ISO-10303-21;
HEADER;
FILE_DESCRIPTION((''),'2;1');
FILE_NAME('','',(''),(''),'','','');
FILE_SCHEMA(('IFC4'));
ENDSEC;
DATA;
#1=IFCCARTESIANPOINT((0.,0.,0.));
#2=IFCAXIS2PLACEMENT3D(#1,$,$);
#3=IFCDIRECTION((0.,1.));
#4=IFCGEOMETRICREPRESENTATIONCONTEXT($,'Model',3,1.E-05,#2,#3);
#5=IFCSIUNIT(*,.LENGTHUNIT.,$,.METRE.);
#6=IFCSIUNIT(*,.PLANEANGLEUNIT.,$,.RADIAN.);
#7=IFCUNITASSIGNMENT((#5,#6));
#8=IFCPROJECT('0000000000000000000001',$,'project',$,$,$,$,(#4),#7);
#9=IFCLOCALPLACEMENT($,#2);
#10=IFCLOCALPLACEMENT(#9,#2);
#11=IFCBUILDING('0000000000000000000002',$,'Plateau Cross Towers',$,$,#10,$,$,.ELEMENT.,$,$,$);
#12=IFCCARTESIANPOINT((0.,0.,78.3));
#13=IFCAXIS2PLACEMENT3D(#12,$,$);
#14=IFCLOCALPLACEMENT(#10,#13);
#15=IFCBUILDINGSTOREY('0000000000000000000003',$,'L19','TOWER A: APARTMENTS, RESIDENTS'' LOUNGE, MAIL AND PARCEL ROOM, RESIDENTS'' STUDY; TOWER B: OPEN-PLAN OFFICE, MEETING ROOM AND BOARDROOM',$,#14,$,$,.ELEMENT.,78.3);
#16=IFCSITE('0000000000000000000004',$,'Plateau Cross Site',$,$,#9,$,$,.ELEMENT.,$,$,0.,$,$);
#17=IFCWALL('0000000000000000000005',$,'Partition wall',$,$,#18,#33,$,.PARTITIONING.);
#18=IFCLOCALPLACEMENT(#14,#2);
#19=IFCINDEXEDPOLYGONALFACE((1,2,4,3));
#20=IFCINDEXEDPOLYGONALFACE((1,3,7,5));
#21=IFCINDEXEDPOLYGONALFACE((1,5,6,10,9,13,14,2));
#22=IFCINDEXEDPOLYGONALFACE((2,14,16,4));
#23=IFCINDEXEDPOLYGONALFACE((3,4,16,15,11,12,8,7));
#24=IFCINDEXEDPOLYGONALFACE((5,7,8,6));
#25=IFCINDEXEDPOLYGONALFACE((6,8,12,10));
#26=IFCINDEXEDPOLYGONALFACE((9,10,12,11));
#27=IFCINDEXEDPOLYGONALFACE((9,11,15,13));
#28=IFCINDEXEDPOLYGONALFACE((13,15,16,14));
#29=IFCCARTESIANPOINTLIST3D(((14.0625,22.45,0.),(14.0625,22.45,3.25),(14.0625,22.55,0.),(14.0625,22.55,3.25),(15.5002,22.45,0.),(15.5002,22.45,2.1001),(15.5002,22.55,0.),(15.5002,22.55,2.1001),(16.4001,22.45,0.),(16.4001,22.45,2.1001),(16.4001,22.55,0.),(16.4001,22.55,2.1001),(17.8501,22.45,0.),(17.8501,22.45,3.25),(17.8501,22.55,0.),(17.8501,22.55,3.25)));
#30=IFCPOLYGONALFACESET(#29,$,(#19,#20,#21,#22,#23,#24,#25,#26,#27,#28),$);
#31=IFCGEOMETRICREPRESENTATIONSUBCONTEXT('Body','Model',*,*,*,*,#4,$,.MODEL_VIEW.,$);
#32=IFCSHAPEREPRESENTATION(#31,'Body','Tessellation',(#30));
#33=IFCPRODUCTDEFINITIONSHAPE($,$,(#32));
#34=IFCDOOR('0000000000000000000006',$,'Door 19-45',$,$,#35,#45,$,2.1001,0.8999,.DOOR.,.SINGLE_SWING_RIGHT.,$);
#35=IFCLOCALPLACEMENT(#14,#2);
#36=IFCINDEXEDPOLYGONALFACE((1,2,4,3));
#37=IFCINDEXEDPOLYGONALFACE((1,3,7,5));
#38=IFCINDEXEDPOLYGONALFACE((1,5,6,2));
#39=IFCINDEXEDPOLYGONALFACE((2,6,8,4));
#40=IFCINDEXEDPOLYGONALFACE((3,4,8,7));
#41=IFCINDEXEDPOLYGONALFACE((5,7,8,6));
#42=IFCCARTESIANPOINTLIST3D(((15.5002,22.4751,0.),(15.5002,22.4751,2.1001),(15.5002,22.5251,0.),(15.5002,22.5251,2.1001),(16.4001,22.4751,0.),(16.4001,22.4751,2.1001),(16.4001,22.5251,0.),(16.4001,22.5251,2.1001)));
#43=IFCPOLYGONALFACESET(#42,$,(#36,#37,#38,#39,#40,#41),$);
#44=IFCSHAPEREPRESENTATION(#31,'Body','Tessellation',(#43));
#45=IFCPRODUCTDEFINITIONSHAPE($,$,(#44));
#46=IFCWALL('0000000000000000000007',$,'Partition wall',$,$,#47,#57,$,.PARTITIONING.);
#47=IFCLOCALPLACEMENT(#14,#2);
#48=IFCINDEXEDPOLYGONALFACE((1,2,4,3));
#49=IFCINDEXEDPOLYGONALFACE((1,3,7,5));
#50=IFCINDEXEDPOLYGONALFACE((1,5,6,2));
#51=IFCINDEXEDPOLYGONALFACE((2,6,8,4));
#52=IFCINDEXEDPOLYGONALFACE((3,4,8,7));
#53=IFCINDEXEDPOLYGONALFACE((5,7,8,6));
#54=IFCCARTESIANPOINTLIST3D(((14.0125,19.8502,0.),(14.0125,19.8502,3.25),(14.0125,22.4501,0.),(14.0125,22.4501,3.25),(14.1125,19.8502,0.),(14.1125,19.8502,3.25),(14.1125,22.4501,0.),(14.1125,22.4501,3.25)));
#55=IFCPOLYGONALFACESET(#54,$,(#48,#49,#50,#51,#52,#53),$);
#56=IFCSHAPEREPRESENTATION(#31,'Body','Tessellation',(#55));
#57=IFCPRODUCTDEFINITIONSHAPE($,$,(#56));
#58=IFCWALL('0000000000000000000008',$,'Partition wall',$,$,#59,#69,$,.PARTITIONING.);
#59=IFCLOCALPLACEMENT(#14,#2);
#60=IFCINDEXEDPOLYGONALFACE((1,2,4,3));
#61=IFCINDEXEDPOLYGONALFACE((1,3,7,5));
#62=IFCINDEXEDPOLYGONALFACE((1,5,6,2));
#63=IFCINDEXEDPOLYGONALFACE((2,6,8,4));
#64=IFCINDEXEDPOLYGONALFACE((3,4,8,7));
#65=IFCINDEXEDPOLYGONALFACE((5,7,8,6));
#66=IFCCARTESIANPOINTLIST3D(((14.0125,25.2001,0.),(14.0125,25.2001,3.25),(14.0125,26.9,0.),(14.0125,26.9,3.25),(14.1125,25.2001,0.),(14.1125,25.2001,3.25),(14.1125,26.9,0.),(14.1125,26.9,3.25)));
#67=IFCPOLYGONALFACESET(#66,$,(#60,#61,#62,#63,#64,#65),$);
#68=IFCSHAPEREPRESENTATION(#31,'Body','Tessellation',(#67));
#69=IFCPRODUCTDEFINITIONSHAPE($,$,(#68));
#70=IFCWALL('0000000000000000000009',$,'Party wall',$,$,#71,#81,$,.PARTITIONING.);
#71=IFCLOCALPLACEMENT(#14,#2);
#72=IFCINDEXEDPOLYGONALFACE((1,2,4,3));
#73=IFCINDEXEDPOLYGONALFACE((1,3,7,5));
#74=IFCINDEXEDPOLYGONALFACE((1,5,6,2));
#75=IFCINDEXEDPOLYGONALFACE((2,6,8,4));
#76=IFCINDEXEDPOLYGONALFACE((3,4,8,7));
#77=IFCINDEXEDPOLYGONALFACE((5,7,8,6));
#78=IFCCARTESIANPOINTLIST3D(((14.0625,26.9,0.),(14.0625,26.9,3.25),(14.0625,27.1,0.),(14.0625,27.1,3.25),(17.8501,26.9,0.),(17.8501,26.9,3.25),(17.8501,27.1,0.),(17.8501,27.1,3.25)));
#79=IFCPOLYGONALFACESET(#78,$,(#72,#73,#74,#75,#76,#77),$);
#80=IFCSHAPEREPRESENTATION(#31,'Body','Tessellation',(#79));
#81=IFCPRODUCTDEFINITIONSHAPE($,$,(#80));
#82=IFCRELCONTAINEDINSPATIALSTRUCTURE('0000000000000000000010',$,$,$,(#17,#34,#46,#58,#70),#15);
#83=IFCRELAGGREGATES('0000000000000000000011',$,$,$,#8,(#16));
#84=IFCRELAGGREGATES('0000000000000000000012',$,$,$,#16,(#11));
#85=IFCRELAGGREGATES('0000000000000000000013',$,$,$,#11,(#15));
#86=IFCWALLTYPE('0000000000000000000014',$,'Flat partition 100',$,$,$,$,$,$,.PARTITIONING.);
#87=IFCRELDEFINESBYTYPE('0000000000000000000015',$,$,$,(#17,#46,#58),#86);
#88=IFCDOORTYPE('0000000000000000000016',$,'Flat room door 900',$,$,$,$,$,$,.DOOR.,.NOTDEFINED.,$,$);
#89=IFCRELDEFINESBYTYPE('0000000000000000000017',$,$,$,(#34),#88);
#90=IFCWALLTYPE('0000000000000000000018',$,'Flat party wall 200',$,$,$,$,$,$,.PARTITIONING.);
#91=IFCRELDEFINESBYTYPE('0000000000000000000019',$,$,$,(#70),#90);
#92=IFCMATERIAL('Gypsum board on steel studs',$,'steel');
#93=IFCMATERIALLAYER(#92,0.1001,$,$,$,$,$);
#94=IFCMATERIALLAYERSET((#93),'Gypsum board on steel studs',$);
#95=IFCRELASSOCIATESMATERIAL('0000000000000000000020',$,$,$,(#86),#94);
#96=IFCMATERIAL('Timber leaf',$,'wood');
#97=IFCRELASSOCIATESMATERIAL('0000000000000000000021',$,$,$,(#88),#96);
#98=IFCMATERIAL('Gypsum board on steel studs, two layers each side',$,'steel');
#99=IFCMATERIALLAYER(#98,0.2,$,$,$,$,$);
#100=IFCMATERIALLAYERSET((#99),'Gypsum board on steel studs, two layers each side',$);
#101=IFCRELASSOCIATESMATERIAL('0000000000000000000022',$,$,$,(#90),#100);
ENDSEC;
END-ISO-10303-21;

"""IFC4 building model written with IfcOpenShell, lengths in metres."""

from ifc_helpers import new_model, si_unit, direction, frame, frame_2d, origin, place, context, subcontext, project, spatial, rectangle, extrude, material, layer, layer_set, type_object, element, fill, save


model = new_model("IFC4")

# Units and contexts
model_context = context("Model", 3, precision=1e-05, world=origin(), true_north=direction((0.0, 1.0)))
body_context = subcontext(model_context, "Body", "Model", "MODEL_VIEW")
ifc_project = project(units=[si_unit("LENGTHUNIT", "METRE"), si_unit("PLANEANGLEUNIT", "RADIAN")], contexts=[model_context])

# Site, building, storey
site_placement = place(None, origin())
site = spatial("IfcSite", under=ifc_project, at=site_placement, Name="Plateau Cross Site", CompositionType="ELEMENT", RefElevation=0.0)
building_placement = place(site_placement, origin())
building = spatial("IfcBuilding", under=site, at=building_placement, Name="Plateau Cross Towers", CompositionType="ELEMENT")
storey_placement = place(building_placement, frame((0.0, 0.0, 78.3)))
storey = spatial("IfcBuildingStorey", under=building, at=storey_placement, Name="L19", Description="TOWER A: APARTMENTS, RESIDENTS' LOUNGE, MAIL AND PARCEL ROOM, RESIDENTS' STUDY; TOWER B: OPEN-PLAN OFFICE, MEETING ROOM AND BOARDROOM", CompositionType="ELEMENT", Elevation=78.3)

# Wall, opening, door
ifc_material_1 = material(Name="Gypsum board on steel studs", Category="steel")
ifc_layer_1 = layer(ifc_material_1, 0.1001)
ifc_layer_set_1 = layer_set([ifc_layer_1], Name="Gypsum board on steel studs")
wall_type_1 = type_object("IfcWallType", Name="Flat partition 100", PredefinedType="PARTITIONING", material=ifc_layer_set_1)
ifc_material_2 = material(Name="Timber leaf", Category="wood")
door_type_1 = type_object("IfcDoorType", Name="Flat room door 900", OperationType="NOTDEFINED", PredefinedType="DOOR", material=ifc_material_2)
wall_1_placement = place(storey_placement, frame((17.8501, 22.5, 0.0), z_axis=(0.0, 0.0, 1.0), x_axis=(-1.0, 0.0, 0.0)))
wall_1 = element("IfcWall", 1, at=wall_1_placement, inside=storey, type_object=wall_type_1, Name="Partition wall", PredefinedType="PARTITIONING", context=body_context, shape_type="SweptSolid", body=[
    extrude(rectangle(XDim=3.7876, YDim=0.1001, at=frame_2d((1.8938, 0.0))), origin(), (0.0, 0.0, 1.0), 3.25),
])
opening_1_placement = place(wall_1_placement, frame((1.45, 0.0, 0.0)))
opening_1 = element("IfcOpeningElement", 2, at=opening_1_placement, cuts=wall_1, PredefinedType="OPENING", context=body_context, shape_type="SweptSolid", body=[
    extrude(rectangle(XDim=0.8999, YDim=2.1001, at=frame_2d((0.45, 1.05))), frame((0.0, 0.0601, 0.0), z_axis=(0.0, -1.0, 0.0), x_axis=(1.0, 0.0, 0.0)), (0.0, 0.0, 1.0), 0.1201),
])
door_1_placement = place(opening_1_placement, origin())
door_1 = element("IfcDoor", 3, at=door_1_placement, inside=storey, type_object=door_type_1, Name="Door 19-45", OperationType="SINGLE_SWING_RIGHT", OverallHeight=2.1001, OverallWidth=0.8999, PredefinedType="DOOR", context=body_context, shape_type="SweptSolid", body=[
    extrude(rectangle(XDim=0.8999, YDim=2.1001, at=frame_2d((0.45, 1.05))), frame((0.0, 0.0249, 0.0), z_axis=(0.0, -1.0, 0.0), x_axis=(1.0, 0.0, 0.0)), (0.0, 0.0, 1.0), 0.05),
])
fill(opening_1, door_1)

# Walls
wall_2_placement = place(storey_placement, frame((14.0625, 22.45, 0.0), z_axis=(0.0, 0.0, 1.0), x_axis=(0.0, -1.0, 0.0)))
element("IfcWall", 4, at=wall_2_placement, inside=storey, type_object=wall_type_1, Name="Partition wall", PredefinedType="PARTITIONING", context=body_context, shape_type="SweptSolid", body=[
    extrude(rectangle(XDim=2.5999, YDim=0.1001, at=frame_2d((1.2998, 0.0))), origin(), (0.0, 0.0, 1.0), 3.25),
])
wall_3_placement = place(storey_placement, frame((14.0625, 25.2, 0.0), z_axis=(0.0, 0.0, 1.0), x_axis=(0.0, 1.0, 0.0)))
element("IfcWall", 5, at=wall_3_placement, inside=storey, type_object=wall_type_1, Name="Partition wall", PredefinedType="PARTITIONING", context=body_context, shape_type="SweptSolid", body=[
    extrude(rectangle(XDim=1.7, YDim=0.1001, at=frame_2d((0.8501, 0.0))), origin(), (0.0, 0.0, 1.0), 3.25),
])
ifc_material_3 = material(Name="Gypsum board on steel studs, two layers each side", Category="steel")
ifc_layer_2 = layer(ifc_material_3, 0.2)
ifc_layer_set_2 = layer_set([ifc_layer_2], Name="Gypsum board on steel studs, two layers each side")
wall_type_2 = type_object("IfcWallType", Name="Flat party wall 200", PredefinedType="PARTITIONING", material=ifc_layer_set_2)
wall_4_placement = place(storey_placement, frame((14.0625, 27.0, 0.0), z_axis=(0.0, 0.0, 1.0), x_axis=(1.0, 0.0, 0.0)))
element("IfcWall", 6, at=wall_4_placement, inside=storey, type_object=wall_type_2, Name="Party wall", PredefinedType="PARTITIONING", context=body_context, shape_type="SweptSolid", body=[
    extrude(rectangle(XDim=3.7876, YDim=0.2, at=frame_2d((1.8938, 0.0))), origin(), (0.0, 0.0, 1.0), 3.25),
])

save(model, "model.ifc")
